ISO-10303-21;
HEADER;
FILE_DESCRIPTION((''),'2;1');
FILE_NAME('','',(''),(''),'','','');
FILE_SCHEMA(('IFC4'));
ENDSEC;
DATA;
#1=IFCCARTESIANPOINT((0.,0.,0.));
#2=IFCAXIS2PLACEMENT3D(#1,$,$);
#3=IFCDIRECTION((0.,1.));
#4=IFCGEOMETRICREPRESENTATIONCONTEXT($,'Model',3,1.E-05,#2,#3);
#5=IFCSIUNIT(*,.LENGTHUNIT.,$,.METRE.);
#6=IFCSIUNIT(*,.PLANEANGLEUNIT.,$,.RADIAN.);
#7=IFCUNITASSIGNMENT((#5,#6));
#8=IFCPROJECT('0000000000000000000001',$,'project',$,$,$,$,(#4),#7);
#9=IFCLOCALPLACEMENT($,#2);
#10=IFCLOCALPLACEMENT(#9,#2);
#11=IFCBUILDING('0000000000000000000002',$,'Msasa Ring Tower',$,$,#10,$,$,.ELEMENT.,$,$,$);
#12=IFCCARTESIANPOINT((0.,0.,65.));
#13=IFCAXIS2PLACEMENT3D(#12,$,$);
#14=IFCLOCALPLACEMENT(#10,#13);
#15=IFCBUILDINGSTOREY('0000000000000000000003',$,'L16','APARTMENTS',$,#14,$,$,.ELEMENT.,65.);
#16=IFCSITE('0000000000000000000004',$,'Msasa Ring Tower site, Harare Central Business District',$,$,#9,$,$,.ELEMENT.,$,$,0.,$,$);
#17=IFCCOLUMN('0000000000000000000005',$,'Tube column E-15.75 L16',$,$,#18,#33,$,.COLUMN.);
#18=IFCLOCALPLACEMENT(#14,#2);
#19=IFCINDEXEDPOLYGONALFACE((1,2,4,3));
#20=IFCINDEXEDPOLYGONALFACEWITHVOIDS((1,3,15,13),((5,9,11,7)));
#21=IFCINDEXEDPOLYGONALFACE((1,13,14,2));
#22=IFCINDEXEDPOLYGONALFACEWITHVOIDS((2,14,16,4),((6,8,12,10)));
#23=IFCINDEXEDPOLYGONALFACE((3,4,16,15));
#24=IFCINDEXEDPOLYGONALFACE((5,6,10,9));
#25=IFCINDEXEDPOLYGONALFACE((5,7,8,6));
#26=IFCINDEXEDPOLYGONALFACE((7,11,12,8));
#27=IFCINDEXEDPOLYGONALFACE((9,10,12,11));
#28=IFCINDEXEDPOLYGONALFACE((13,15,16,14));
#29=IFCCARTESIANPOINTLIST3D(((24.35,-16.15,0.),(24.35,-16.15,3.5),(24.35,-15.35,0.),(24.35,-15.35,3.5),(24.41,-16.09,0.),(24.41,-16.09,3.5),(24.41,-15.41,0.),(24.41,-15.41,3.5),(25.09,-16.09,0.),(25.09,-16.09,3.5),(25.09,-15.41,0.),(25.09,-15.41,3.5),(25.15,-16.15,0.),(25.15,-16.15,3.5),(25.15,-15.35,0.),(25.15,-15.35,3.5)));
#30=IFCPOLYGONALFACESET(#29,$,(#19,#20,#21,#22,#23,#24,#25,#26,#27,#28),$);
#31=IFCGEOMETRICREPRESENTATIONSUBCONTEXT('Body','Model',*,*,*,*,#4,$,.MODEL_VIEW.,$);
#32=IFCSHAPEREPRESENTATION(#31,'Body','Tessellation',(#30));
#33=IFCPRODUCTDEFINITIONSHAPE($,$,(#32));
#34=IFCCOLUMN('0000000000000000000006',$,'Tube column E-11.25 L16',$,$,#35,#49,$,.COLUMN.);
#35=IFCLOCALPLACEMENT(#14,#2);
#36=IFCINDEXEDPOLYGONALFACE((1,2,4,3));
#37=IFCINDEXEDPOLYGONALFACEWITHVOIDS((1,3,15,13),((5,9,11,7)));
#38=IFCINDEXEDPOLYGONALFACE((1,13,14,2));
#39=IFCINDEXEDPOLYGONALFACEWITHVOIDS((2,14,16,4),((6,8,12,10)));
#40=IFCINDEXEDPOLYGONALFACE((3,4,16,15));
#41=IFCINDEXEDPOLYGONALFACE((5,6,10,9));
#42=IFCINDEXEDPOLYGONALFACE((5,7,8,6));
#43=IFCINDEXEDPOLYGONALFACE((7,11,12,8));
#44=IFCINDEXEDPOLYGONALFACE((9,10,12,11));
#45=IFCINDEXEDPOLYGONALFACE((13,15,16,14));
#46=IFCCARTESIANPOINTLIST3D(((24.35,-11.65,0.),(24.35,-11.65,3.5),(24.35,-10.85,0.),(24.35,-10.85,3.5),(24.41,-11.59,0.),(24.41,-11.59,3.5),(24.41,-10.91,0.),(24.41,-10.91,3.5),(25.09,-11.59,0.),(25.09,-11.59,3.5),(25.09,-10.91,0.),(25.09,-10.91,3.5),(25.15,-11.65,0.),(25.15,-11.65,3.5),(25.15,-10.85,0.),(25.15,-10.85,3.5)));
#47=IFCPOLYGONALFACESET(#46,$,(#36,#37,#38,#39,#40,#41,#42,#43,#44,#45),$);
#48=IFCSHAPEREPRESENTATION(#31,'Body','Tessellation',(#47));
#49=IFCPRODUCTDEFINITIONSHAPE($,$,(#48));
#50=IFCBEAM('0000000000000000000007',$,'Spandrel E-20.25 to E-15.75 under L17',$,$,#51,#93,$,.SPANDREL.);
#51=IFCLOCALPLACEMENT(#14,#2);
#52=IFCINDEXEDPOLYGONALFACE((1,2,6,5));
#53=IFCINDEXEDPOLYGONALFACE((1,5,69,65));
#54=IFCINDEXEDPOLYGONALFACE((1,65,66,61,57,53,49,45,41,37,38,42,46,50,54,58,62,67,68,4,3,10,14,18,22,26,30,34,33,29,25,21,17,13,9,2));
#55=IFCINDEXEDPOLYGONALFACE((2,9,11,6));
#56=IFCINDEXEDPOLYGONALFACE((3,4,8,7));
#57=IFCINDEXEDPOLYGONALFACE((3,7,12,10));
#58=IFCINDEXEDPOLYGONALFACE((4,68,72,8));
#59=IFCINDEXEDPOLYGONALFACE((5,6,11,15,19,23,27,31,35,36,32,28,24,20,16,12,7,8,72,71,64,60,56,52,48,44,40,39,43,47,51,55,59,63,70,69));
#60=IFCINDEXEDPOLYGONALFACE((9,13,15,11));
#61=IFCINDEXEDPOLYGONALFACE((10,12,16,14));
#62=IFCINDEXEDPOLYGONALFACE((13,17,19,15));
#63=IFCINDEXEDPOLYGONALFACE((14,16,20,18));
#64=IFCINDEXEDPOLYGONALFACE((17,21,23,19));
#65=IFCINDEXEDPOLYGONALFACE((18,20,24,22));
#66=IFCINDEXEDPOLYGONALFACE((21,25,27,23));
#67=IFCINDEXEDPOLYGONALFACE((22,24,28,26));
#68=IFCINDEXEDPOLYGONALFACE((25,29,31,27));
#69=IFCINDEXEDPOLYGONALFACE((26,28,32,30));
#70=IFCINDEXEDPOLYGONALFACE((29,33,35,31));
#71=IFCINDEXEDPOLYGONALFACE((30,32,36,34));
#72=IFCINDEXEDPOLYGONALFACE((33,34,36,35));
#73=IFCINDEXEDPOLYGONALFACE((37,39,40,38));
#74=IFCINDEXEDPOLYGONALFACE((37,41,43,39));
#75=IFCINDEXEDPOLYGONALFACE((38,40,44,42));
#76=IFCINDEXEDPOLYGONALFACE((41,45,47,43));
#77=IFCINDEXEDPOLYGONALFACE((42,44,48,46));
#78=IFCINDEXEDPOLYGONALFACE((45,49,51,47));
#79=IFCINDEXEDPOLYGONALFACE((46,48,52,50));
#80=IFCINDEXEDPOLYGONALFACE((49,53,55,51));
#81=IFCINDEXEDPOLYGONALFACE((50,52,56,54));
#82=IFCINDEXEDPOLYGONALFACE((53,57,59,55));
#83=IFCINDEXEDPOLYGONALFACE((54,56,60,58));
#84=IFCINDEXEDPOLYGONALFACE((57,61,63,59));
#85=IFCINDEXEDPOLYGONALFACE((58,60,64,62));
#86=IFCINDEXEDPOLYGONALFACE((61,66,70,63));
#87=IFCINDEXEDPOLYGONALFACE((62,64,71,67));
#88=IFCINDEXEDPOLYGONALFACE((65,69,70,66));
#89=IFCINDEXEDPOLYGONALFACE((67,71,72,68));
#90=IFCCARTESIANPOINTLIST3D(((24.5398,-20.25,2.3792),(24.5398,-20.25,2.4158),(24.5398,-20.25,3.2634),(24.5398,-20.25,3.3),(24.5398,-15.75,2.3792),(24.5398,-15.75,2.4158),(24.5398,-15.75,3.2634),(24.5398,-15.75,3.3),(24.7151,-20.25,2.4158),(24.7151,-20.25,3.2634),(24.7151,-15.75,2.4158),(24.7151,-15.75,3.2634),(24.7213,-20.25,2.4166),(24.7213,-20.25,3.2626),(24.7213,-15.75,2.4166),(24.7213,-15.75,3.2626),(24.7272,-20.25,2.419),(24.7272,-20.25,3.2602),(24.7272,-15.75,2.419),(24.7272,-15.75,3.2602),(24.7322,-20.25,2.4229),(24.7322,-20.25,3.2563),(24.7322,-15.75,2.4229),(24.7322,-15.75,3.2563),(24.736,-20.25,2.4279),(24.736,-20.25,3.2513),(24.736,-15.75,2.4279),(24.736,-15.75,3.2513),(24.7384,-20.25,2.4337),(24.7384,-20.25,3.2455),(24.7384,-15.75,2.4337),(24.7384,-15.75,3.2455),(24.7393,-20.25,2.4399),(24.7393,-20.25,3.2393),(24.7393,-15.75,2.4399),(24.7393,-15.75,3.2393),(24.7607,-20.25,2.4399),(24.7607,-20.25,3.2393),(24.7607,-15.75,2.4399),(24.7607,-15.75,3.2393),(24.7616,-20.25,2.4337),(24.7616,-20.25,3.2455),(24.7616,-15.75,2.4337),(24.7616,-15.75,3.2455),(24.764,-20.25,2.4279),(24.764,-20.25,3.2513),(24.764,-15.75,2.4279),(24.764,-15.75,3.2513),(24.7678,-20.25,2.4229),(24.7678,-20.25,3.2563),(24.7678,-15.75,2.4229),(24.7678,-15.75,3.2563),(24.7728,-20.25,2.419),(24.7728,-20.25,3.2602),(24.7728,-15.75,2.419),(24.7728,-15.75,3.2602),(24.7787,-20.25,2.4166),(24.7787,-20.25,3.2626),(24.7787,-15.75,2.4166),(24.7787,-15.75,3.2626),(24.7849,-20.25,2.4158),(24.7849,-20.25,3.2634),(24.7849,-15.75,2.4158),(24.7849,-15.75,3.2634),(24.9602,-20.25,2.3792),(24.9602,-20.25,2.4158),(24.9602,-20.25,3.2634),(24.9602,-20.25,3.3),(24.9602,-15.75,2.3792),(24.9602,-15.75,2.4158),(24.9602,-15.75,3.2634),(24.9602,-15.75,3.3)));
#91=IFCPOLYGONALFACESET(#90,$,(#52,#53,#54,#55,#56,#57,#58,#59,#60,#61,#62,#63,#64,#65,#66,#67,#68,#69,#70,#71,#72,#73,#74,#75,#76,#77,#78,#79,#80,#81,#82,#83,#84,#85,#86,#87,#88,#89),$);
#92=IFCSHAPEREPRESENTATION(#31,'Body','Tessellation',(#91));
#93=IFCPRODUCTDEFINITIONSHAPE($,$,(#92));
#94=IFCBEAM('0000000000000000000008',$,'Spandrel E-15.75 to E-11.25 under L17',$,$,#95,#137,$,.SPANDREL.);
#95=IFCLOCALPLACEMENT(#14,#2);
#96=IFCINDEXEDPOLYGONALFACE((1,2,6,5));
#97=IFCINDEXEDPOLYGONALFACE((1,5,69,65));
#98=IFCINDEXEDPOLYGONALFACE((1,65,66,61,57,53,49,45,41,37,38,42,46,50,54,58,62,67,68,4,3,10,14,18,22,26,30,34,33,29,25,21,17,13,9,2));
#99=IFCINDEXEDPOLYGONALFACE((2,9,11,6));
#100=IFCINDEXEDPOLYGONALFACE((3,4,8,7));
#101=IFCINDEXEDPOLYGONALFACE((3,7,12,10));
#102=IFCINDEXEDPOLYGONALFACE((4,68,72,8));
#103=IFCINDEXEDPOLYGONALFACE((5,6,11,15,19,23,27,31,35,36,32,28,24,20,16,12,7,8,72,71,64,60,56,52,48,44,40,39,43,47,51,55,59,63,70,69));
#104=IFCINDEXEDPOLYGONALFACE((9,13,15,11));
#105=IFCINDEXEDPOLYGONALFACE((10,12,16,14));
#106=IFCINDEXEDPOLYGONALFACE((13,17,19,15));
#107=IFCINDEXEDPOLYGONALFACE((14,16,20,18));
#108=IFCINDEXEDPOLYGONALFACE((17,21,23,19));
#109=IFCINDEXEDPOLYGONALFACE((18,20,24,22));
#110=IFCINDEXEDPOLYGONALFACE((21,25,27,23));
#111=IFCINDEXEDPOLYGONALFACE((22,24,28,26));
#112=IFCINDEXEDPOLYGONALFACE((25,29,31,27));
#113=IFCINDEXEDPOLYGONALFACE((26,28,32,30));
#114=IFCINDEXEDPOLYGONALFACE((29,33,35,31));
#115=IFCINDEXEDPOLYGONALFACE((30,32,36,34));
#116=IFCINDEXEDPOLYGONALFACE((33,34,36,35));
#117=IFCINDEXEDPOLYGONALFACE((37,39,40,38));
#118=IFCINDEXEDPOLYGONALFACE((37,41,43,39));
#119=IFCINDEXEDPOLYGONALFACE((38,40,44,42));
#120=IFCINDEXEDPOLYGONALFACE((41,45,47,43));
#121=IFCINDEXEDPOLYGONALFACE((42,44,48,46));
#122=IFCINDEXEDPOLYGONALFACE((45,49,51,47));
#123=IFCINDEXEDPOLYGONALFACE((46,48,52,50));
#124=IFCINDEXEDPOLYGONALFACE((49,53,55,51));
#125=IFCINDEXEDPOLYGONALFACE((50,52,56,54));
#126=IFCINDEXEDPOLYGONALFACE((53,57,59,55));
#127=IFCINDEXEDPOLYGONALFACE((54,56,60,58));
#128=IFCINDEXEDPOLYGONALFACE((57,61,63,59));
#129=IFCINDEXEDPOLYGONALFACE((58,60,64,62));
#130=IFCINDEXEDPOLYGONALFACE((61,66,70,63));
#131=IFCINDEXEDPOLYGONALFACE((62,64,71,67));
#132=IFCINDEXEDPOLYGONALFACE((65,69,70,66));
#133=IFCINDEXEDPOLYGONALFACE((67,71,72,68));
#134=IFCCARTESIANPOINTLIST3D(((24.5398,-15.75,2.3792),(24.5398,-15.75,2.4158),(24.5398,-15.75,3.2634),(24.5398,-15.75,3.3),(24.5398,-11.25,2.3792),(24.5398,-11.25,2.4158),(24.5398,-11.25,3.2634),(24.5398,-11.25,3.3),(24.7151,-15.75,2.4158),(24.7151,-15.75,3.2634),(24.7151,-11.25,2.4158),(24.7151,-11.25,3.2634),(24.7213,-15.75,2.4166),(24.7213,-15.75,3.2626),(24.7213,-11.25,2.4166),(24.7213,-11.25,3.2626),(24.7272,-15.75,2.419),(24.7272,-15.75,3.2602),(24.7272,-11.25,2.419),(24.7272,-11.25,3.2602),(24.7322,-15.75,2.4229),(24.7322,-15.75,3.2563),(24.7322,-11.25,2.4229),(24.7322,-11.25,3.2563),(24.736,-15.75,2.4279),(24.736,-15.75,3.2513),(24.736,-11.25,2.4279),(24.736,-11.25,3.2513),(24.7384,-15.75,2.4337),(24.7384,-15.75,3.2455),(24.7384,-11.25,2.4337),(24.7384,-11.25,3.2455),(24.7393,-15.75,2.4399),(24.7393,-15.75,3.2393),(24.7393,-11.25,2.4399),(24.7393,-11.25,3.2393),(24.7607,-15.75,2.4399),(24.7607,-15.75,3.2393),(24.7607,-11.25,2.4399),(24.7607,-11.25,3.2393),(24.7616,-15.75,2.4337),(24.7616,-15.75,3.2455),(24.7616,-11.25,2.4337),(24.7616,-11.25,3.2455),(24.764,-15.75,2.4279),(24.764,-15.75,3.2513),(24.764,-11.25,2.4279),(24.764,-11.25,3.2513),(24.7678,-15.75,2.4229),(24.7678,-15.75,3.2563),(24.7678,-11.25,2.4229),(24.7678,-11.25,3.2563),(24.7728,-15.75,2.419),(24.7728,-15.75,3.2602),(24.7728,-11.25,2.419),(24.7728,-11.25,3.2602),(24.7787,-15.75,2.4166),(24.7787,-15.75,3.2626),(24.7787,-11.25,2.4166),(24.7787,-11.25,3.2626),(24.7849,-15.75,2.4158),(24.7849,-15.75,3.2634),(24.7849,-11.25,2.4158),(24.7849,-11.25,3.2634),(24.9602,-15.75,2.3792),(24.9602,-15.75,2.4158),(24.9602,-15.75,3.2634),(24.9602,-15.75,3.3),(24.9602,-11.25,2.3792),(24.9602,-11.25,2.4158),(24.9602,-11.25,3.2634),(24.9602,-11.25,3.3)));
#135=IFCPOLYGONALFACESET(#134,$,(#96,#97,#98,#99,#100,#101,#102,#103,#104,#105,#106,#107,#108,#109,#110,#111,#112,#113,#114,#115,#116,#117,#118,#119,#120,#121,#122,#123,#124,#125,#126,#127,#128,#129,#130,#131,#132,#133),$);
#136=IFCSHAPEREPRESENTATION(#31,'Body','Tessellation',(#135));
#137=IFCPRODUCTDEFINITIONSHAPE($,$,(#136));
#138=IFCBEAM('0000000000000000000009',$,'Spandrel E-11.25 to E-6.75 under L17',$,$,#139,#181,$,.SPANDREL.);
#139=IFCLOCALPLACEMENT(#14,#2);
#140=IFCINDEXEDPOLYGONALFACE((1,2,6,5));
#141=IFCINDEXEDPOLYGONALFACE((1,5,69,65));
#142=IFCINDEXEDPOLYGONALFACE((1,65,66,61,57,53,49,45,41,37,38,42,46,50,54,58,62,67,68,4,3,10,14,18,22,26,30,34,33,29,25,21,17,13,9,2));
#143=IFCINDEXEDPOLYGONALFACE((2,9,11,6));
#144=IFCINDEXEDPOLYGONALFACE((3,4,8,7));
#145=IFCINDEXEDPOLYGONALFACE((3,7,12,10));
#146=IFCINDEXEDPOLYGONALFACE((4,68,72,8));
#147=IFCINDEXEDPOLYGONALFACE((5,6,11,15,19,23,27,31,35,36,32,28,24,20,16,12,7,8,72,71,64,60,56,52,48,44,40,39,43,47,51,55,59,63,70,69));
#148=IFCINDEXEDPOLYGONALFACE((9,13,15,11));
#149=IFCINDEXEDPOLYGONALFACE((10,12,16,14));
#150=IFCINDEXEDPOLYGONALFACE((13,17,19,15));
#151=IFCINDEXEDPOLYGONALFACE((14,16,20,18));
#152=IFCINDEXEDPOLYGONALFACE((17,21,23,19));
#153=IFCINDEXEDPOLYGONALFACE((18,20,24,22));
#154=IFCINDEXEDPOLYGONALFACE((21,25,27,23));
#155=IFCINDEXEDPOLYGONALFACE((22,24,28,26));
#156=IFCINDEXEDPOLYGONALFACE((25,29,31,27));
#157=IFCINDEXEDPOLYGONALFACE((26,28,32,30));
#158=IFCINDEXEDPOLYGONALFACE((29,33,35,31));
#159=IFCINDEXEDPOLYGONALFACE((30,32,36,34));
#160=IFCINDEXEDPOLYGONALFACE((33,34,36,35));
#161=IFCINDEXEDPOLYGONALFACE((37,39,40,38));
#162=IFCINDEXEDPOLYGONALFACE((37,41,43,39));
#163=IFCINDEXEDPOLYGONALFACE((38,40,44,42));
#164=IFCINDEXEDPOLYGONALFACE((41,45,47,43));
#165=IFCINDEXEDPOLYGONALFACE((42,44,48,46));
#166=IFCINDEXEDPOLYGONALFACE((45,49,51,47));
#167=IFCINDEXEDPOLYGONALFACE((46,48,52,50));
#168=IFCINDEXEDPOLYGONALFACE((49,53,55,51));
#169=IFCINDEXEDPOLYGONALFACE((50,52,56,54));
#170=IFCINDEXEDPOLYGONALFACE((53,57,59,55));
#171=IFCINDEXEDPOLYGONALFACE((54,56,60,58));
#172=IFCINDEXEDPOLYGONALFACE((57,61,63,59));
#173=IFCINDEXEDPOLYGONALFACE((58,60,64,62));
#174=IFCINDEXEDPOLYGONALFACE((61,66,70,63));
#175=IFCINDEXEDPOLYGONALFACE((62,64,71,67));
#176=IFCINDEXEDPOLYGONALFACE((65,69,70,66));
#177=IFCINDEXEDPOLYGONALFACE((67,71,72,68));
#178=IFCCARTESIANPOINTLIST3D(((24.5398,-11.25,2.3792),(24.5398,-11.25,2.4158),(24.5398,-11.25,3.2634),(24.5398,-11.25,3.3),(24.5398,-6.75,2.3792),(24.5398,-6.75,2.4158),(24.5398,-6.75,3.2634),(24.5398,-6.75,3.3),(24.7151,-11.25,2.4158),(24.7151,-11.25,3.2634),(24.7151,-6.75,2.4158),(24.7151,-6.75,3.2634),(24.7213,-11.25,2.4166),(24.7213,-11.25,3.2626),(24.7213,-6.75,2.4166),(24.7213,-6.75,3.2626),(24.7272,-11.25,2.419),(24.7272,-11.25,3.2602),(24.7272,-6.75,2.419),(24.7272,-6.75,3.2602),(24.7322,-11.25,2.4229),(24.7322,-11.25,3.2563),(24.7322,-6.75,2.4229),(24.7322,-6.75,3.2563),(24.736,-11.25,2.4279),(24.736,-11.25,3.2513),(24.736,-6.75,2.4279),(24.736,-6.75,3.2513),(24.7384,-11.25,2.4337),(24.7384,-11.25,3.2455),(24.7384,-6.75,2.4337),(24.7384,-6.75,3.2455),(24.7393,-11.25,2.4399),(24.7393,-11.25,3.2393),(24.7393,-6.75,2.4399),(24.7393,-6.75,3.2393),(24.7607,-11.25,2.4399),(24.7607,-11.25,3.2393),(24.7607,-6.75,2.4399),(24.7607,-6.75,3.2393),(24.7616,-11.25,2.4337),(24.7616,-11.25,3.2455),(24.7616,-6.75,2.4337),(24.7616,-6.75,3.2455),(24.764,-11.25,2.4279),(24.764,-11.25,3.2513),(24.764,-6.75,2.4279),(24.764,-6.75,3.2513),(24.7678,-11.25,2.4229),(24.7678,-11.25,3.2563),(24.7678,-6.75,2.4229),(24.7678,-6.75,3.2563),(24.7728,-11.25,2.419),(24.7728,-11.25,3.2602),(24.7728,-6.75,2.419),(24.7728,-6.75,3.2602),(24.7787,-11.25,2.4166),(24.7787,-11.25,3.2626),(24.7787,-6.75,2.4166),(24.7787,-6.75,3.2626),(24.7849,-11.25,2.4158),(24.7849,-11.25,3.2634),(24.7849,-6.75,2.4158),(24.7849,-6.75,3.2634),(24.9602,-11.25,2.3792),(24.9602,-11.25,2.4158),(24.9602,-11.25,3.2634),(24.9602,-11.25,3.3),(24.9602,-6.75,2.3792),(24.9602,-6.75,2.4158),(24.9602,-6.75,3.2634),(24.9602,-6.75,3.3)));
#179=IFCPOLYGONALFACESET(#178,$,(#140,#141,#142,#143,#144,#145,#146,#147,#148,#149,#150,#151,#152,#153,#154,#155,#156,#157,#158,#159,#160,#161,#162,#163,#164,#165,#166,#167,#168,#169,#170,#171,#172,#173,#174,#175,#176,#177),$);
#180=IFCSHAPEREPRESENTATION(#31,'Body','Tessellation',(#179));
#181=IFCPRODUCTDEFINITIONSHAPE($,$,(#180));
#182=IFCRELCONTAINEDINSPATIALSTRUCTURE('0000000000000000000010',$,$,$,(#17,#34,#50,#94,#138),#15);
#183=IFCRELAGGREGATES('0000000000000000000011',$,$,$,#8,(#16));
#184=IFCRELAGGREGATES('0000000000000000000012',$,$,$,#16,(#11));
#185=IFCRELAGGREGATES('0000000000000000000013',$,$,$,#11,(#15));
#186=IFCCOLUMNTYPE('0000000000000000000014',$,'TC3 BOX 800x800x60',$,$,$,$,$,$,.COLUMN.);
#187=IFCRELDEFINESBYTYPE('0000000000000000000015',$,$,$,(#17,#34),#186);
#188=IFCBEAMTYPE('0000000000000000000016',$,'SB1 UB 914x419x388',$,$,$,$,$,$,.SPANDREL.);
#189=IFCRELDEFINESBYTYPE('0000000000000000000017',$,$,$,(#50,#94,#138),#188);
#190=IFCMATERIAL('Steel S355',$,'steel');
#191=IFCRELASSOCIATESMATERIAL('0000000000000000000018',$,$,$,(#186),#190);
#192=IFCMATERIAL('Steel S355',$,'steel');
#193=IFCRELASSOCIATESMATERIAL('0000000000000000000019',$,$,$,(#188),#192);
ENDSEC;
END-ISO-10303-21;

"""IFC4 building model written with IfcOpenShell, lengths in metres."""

from ifc_helpers import new_model, si_unit, direction, frame, origin, origin_2d, place, context, subcontext, project, spatial, hollow_rectangle, i_section, extrude, material, material_profile, profile_set, type_object, element, save


model = new_model("IFC4")

# Units and contexts
model_context = context("Model", 3, precision=1e-05, world=origin(), true_north=direction((0.0, 1.0)))
body_context = subcontext(model_context, "Body", "Model", "MODEL_VIEW")
ifc_project = project(units=[si_unit("LENGTHUNIT", "METRE"), si_unit("PLANEANGLEUNIT", "RADIAN")], contexts=[model_context])

# Site, building, storey
site_placement = place(None, origin())
site = spatial("IfcSite", under=ifc_project, at=site_placement, Name="Msasa Ring Tower site, Harare Central Business District", CompositionType="ELEMENT", RefElevation=0.0)
building_placement = place(site_placement, origin())
building = spatial("IfcBuilding", under=site, at=building_placement, Name="Msasa Ring Tower", CompositionType="ELEMENT")
storey_placement = place(building_placement, frame((0.0, 0.0, 65.0)))
storey = spatial("IfcBuildingStorey", under=building, at=storey_placement, Name="L16", Description="APARTMENTS", CompositionType="ELEMENT", Elevation=65.0)

# Columns
ifc_material_1 = material(Name="Steel S355", Category="steel")
ifc_material_profile_1 = material_profile(ifc_material_1, hollow_rectangle(XDim=0.8, YDim=0.8, WallThickness=0.0601, at=origin_2d()), Name="BOX 800x800x60")
ifc_profile_set_1 = profile_set([ifc_material_profile_1], Name="Steel S355")
column_type = type_object("IfcColumnType", Name="TC3 BOX 800x800x60", PredefinedType="COLUMN", material=ifc_profile_set_1)
for number, where, z_axis, x_axis, name in (
    (1, (24.75, -15.75, 0.0), (0.0, 0.0, 1.0), (1.0, 0.0, 0.0), "Tube column E-15.75 L16"),
    (2, (24.75, -11.25, 0.0), (0.0, 0.0, 1.0), (1.0, 0.0, 0.0), "Tube column E-11.25 L16"),
):
    element("IfcColumn", number, at=place(storey_placement, frame(where, z_axis=z_axis, x_axis=x_axis)), inside=storey, type_object=column_type, Name=name, PredefinedType="COLUMN", context=body_context, shape_type="SweptSolid", body=[
        extrude(hollow_rectangle(XDim=0.8, YDim=0.8, WallThickness=0.0601, at=origin_2d()), origin(), (0.0, 0.0, 1.0), 3.5),
    ])

# Beams
ifc_material_2 = material(Name="Steel S355", Category="steel")
ifc_material_profile_2 = material_profile(ifc_material_2, i_section(OverallWidth=0.4204, OverallDepth=0.9209, WebThickness=0.0215, FlangeThickness=0.0366, FilletRadius=0.0242, at=origin_2d()), Name="UB 914x419x388")
ifc_profile_set_2 = profile_set([ifc_material_profile_2], Name="Steel S355")
beam_type = type_object("IfcBeamType", Name="SB1 UB 914x419x388", PredefinedType="SPANDREL", material=ifc_profile_set_2)
for number, where, z_axis, x_axis, name in (
    (3, (24.75, -20.25, 2.8396), (0.0, 1.0, 0.0), (-1.0, 0.0, 0.0), "Spandrel E-20.25 to E-15.75 under L17"),
    (4, (24.75, -15.75, 2.8396), (0.0, 1.0, 0.0), (-1.0, 0.0, 0.0), "Spandrel E-15.75 to E-11.25 under L17"),
    (5, (24.75, -11.25, 2.8396), (0.0, 1.0, 0.0), (-1.0, 0.0, 0.0), "Spandrel E-11.25 to E-6.75 under L17"),
):
    element("IfcBeam", number, at=place(storey_placement, frame(where, z_axis=z_axis, x_axis=x_axis)), inside=storey, type_object=beam_type, Name=name, PredefinedType="SPANDREL", context=body_context, shape_type="SweptSolid", body=[
        extrude(i_section(OverallWidth=0.4204, OverallDepth=0.9209, WebThickness=0.0215, FlangeThickness=0.0366, FilletRadius=0.0242, at=origin_2d()), origin(), (0.0, 0.0, 1.0), 4.5),
    ])

save(model, "model.ifc")
